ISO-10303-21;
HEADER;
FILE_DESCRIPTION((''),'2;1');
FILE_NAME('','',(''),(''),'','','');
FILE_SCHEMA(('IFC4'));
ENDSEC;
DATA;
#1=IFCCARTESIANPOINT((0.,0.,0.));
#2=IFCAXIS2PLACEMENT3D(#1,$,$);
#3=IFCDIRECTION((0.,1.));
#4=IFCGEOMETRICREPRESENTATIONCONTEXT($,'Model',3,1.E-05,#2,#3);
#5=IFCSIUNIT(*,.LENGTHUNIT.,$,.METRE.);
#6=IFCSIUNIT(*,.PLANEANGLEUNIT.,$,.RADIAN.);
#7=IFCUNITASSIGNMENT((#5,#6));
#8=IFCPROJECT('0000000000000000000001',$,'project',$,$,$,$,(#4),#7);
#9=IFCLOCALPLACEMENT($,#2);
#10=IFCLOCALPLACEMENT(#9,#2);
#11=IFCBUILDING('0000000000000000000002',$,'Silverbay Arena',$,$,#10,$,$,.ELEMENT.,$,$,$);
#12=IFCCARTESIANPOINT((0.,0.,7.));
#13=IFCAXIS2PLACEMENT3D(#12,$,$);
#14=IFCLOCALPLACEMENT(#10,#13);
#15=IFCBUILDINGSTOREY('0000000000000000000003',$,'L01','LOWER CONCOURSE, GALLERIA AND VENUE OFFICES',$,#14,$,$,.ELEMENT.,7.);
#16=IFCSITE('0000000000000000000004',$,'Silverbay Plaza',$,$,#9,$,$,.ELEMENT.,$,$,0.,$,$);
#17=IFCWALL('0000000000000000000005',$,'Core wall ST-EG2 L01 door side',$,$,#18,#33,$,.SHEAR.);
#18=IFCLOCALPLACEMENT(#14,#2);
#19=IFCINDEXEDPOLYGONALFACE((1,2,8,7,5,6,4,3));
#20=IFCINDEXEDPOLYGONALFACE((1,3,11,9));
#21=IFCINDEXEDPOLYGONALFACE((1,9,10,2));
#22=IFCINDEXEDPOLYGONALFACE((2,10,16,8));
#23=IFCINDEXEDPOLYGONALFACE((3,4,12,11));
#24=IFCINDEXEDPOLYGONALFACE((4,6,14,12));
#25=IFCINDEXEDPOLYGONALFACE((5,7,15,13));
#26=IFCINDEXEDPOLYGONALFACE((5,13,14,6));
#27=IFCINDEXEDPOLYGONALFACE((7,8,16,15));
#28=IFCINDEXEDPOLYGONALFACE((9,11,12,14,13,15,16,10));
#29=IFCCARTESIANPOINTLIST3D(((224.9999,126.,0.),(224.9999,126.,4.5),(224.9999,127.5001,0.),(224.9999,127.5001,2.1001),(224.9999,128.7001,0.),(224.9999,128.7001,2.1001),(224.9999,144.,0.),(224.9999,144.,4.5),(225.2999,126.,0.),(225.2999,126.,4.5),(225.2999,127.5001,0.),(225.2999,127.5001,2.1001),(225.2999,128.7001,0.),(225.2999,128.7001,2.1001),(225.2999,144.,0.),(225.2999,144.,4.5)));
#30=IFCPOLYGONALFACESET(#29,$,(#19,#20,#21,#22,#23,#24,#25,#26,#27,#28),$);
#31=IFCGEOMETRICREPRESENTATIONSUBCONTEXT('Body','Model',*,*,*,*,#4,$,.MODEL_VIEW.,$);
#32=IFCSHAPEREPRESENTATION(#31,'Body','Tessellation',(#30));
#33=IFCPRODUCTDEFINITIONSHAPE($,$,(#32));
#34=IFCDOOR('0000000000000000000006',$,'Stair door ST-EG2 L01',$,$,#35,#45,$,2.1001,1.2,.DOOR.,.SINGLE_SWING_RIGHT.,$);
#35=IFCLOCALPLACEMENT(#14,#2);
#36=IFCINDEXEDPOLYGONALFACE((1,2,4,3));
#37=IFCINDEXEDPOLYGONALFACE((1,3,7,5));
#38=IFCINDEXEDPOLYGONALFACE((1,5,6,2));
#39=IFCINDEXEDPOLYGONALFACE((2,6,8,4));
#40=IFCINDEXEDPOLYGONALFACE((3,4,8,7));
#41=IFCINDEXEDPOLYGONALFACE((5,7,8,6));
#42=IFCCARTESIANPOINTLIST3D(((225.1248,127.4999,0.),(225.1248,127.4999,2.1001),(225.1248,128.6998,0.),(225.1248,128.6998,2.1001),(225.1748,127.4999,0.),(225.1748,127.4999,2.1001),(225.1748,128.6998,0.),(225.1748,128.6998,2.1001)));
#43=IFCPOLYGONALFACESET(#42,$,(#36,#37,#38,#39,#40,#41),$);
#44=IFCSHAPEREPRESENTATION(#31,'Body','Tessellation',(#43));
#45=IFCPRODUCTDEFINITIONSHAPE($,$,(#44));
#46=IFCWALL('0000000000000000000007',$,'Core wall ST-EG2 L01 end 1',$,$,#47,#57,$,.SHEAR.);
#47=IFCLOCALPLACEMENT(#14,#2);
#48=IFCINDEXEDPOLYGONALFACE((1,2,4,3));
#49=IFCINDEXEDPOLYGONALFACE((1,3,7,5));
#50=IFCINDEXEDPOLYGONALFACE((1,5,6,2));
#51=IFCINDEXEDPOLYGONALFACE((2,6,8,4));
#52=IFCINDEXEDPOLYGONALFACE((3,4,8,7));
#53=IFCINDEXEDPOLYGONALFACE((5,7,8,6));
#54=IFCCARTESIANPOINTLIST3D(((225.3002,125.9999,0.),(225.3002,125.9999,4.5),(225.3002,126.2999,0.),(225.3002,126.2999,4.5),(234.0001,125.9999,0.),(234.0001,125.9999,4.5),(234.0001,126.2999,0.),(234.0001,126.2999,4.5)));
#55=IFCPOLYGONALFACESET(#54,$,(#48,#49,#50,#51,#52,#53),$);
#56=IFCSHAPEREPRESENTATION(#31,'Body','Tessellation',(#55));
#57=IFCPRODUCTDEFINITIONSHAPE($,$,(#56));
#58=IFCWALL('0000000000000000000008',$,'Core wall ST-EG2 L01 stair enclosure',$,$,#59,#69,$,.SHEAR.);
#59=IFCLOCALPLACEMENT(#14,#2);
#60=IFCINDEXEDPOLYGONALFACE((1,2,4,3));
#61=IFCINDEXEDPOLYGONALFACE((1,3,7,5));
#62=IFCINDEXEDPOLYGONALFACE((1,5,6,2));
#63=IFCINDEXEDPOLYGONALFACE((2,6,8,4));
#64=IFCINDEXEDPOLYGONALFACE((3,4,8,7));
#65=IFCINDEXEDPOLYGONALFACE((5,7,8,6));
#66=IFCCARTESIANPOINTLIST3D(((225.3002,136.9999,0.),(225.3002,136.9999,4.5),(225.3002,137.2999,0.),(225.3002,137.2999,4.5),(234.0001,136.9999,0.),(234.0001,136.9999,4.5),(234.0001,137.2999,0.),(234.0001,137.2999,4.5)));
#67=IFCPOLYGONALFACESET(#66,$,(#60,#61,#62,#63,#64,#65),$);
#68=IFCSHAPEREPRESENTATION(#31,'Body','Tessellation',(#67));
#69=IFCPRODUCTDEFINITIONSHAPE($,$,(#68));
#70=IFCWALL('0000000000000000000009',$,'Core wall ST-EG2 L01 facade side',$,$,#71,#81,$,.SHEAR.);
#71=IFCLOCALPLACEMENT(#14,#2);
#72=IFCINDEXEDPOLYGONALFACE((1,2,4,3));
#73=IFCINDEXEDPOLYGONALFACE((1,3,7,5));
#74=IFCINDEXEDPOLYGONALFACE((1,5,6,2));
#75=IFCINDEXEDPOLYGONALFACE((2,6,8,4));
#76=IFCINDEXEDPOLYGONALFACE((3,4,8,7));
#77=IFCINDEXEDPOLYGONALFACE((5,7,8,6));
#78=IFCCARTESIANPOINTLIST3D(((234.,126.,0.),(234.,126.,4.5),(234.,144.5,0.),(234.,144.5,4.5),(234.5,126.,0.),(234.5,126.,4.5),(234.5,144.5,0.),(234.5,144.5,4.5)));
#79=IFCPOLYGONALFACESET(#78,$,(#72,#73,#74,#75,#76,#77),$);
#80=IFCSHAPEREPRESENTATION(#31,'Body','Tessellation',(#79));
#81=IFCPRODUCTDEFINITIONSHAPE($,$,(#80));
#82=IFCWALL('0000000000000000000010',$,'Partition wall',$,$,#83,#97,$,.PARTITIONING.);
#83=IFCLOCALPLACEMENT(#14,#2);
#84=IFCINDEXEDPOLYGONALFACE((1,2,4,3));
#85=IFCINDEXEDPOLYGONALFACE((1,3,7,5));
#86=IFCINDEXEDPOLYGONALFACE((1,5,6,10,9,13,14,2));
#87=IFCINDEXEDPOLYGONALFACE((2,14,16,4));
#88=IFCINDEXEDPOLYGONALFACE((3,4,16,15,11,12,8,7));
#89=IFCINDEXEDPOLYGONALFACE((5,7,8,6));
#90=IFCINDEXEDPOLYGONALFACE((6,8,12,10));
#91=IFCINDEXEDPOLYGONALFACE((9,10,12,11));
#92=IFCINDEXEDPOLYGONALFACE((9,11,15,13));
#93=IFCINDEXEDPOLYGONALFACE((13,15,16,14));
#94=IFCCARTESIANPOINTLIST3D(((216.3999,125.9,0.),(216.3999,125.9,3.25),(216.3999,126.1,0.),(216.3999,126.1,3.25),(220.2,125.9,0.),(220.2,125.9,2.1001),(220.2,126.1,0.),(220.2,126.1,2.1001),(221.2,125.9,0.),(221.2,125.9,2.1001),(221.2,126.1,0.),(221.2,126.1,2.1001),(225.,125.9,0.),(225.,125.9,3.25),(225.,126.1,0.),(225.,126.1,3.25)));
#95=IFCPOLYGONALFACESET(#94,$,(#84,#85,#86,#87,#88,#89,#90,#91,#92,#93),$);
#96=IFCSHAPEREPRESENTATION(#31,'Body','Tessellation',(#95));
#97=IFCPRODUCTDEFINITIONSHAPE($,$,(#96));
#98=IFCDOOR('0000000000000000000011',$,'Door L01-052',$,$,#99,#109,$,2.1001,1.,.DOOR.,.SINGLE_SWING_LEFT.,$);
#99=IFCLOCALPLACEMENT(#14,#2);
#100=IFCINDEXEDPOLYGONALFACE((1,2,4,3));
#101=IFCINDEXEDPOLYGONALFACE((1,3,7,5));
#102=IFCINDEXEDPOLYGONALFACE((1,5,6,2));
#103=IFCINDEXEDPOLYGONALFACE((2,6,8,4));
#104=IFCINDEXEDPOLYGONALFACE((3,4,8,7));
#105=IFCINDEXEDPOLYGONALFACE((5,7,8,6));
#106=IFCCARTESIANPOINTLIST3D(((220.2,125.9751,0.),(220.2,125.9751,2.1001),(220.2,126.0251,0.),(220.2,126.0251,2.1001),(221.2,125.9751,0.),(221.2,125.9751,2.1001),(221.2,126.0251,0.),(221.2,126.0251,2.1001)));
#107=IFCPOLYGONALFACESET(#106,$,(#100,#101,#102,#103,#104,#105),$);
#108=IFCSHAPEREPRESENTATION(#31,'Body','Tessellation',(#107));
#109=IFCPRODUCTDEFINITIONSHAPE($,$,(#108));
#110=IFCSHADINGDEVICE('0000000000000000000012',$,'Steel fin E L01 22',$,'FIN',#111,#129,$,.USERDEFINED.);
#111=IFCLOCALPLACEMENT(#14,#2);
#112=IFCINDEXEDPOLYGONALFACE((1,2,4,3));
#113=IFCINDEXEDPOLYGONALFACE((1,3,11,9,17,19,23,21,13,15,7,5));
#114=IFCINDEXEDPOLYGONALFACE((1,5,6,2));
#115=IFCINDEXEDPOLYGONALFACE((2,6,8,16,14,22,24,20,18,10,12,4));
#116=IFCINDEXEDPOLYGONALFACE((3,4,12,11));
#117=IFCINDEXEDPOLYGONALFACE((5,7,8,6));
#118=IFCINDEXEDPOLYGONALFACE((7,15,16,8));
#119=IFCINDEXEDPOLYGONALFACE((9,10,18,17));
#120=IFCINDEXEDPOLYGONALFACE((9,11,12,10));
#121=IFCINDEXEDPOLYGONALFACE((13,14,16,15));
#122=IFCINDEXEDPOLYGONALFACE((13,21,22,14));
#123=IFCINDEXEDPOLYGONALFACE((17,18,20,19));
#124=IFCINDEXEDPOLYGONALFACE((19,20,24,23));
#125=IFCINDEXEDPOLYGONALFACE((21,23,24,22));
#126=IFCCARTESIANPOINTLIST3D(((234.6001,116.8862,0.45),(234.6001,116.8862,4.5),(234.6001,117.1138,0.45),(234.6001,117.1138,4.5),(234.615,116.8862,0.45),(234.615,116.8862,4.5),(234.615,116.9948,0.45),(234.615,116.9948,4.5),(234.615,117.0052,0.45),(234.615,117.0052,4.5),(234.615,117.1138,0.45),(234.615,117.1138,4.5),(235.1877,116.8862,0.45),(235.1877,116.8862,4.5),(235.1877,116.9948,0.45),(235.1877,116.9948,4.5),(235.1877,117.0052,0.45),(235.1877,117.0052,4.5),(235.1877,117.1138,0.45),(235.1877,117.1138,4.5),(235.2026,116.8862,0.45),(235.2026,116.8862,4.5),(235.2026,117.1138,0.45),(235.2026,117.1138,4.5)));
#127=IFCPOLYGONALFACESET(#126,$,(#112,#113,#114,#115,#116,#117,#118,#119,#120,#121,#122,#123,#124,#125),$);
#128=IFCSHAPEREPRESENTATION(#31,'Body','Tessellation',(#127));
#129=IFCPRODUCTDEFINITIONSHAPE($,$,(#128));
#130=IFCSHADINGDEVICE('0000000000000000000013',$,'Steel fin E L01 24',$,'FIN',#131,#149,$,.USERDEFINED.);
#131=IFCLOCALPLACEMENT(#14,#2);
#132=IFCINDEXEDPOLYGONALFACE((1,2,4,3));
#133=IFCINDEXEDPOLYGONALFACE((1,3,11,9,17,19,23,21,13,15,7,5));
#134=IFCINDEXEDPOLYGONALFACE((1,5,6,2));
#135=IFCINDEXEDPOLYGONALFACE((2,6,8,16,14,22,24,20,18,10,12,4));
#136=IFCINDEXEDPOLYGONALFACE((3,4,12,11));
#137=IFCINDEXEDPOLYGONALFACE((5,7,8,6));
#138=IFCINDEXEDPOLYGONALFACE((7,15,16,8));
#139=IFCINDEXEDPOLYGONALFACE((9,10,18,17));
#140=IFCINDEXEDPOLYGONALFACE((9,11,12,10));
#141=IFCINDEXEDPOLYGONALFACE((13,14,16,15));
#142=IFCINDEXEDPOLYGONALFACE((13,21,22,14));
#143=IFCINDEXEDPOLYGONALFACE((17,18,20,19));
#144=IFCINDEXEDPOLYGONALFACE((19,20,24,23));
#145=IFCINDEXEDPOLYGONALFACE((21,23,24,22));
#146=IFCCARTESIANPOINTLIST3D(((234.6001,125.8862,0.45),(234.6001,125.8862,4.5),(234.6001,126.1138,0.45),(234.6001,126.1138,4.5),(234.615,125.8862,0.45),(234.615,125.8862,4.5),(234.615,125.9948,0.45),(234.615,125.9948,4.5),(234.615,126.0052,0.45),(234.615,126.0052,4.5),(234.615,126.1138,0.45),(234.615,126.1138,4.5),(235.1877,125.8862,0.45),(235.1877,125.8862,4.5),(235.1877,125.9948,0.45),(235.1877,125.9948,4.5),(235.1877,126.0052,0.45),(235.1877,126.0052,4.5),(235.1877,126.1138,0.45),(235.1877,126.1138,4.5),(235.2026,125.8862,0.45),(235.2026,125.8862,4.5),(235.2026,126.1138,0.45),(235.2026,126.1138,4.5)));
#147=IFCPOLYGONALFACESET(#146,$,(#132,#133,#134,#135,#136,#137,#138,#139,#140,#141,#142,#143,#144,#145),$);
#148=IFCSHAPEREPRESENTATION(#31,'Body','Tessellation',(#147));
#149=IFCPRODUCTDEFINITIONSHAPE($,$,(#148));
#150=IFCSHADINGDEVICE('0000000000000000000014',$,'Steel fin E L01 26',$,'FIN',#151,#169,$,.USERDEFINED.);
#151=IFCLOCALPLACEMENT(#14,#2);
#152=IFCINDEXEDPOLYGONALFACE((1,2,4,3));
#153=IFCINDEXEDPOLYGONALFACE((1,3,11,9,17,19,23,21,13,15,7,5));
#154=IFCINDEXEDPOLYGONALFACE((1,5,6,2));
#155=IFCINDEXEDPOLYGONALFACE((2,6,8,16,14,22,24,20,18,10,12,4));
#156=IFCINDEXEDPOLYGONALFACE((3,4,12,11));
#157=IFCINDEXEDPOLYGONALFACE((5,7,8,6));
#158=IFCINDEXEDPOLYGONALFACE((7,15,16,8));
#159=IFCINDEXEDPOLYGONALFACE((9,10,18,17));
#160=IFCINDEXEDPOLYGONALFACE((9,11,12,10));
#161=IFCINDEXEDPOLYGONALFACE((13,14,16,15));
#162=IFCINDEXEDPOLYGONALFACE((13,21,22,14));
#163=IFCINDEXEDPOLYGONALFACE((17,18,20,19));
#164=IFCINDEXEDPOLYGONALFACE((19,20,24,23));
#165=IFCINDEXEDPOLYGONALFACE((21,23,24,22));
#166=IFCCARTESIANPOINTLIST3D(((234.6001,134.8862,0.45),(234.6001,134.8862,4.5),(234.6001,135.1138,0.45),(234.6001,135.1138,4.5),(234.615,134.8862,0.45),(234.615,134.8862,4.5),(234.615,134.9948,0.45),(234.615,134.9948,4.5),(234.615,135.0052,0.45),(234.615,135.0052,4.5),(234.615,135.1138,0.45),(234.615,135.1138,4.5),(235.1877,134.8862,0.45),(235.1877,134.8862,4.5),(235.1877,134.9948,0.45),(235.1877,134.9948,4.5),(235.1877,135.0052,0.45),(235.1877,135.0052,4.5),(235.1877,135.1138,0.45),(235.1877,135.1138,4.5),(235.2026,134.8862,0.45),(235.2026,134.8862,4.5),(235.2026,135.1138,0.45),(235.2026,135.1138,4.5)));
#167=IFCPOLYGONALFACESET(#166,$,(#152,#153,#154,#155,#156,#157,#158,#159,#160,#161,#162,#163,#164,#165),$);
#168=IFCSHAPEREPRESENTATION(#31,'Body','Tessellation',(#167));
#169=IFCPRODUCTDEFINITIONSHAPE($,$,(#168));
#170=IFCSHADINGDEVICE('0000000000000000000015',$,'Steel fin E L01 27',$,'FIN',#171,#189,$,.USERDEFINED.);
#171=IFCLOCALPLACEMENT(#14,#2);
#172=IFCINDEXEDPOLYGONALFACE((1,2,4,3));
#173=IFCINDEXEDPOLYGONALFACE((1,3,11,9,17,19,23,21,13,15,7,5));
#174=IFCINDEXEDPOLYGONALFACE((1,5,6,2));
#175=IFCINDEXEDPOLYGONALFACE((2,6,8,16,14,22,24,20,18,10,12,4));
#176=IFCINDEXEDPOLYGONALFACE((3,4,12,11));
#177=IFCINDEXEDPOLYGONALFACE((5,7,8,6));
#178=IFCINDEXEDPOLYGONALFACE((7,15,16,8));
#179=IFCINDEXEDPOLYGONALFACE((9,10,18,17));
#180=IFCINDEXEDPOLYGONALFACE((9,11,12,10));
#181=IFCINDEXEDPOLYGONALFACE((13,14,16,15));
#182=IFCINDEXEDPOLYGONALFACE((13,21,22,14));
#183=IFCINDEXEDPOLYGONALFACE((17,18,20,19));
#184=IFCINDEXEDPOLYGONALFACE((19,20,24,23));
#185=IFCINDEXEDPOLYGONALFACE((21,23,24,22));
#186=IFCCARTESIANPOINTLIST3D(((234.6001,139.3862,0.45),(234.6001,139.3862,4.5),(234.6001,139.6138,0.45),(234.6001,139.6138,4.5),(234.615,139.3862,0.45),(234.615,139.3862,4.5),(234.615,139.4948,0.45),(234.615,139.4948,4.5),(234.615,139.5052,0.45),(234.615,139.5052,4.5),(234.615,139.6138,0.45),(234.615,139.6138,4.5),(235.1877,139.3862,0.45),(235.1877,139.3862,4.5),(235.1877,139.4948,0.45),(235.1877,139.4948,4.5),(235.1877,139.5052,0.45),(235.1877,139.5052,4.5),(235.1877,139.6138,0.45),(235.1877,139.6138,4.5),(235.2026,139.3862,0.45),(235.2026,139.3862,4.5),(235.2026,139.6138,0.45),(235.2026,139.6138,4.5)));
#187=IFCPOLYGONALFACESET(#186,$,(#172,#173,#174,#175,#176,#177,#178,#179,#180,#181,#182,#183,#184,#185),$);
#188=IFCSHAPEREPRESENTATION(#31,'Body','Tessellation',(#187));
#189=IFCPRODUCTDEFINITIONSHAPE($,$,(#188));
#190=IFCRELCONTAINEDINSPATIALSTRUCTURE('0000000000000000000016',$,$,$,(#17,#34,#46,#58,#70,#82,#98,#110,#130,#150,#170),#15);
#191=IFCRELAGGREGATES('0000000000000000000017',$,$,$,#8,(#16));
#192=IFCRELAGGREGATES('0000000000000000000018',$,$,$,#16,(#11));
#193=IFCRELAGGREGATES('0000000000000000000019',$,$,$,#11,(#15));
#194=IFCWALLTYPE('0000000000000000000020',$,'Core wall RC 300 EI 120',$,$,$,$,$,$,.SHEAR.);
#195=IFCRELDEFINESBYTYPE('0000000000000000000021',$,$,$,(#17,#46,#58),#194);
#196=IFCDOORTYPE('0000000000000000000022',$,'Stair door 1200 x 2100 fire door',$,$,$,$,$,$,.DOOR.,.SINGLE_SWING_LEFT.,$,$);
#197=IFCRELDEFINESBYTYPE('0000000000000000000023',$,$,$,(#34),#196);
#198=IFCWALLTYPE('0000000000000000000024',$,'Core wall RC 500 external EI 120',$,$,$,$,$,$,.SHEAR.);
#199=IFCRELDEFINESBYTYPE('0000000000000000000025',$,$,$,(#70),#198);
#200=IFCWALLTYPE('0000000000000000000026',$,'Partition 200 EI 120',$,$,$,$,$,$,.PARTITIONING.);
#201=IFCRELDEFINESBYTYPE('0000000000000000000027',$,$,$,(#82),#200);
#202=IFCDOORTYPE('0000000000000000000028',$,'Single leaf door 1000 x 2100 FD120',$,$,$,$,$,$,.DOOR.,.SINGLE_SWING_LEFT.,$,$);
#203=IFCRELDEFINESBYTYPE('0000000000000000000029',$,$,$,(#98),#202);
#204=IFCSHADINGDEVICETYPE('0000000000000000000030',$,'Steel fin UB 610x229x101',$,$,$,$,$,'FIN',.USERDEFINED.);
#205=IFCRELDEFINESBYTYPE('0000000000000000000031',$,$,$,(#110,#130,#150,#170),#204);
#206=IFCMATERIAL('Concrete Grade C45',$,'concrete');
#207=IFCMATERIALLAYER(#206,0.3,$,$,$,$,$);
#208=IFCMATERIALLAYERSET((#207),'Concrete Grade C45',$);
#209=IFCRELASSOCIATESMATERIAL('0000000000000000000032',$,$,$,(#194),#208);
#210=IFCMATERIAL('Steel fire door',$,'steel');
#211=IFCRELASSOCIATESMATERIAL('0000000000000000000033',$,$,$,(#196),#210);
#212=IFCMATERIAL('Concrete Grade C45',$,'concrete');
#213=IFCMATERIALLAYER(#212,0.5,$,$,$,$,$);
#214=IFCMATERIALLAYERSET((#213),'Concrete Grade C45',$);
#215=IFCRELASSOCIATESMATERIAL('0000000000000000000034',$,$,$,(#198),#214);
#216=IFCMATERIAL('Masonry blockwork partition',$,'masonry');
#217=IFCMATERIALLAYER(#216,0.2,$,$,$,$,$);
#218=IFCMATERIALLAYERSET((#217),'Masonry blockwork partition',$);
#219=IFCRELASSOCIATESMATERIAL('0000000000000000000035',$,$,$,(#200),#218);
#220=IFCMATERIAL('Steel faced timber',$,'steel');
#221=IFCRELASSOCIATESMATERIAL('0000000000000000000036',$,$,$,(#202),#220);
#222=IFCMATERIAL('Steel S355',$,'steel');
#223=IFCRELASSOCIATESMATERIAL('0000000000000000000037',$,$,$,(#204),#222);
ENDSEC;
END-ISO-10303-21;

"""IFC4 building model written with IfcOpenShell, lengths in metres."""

from ifc_helpers import new_model, si_unit, direction, frame, frame_2d, origin, origin_2d, place, context, subcontext, project, spatial, rectangle, i_section, extrude, material, layer, layer_set, material_profile, profile_set, type_object, element, fill, save


model = new_model("IFC4")

# Units and contexts
model_context = context("Model", 3, precision=1e-05, world=origin(), true_north=direction((0.0, 1.0)))
body_context = subcontext(model_context, "Body", "Model", "MODEL_VIEW")
ifc_project = project(units=[si_unit("LENGTHUNIT", "METRE"), si_unit("PLANEANGLEUNIT", "RADIAN")], contexts=[model_context])

# Site, building, storey
site_placement = place(None, origin())
site = spatial("IfcSite", under=ifc_project, at=site_placement, Name="Silverbay Plaza", CompositionType="ELEMENT", RefElevation=0.0)
building_placement = place(site_placement, origin())
building = spatial("IfcBuilding", under=site, at=building_placement, Name="Silverbay Arena", CompositionType="ELEMENT")
storey_placement = place(building_placement, frame((0.0, 0.0, 7.0)))
storey = spatial("IfcBuildingStorey", under=building, at=storey_placement, Name="L01", Description="LOWER CONCOURSE, GALLERIA AND VENUE OFFICES", CompositionType="ELEMENT", Elevation=7.0)

# Wall, opening, door
ifc_material_1 = material(Name="Concrete Grade C45", Category="concrete")
ifc_layer_1 = layer(ifc_material_1, 0.3)
ifc_layer_set_1 = layer_set([ifc_layer_1], Name="Concrete Grade C45")
wall_type_1 = type_object("IfcWallType", Name="Core wall RC 300 EI 120", PredefinedType="SHEAR", material=ifc_layer_set_1)
wall_1_placement = place(storey_placement, frame((225.1499, 126.0, 0.0), z_axis=(0.0, 0.0, 1.0), x_axis=(0.0, 1.0, 0.0)))
wall_1 = element("IfcWall", 1, at=wall_1_placement, inside=storey, type_object=wall_type_1, Name="Core wall ST-EG2 L01 door side", PredefinedType="SHEAR", context=body_context, shape_type="SweptSolid", body=[
    extrude(rectangle(XDim=18.0, YDim=0.3, at=frame_2d((9.0, 0.0))), origin(), (0.0, 0.0, 1.0), 4.5),
])
opening_1_placement = place(wall_1_placement, frame((1.5, 0.0, 0.0)))
opening_1 = element("IfcOpeningElement", 2, at=opening_1_placement, cuts=wall_1, PredefinedType="OPENING", context=body_context, shape_type="SweptSolid", body=[
    extrude(rectangle(XDim=1.2, YDim=2.1001, at=frame_2d((0.6001, 1.05))), frame((0.0, 0.1602, 0.0), z_axis=(0.0, -1.0, 0.0), x_axis=(1.0, 0.0, 0.0)), (0.0, 0.0, 1.0), 0.3201),
])
ifc_material_2 = material(Name="Steel fire door", Category="steel")
door_type_1 = type_object("IfcDoorType", Name="Stair door 1200 x 2100 fire door", OperationType="SINGLE_SWING_LEFT", PredefinedType="DOOR", material=ifc_material_2)
door_1_placement = place(opening_1_placement, frame((1.2, 0.0, 0.0), z_axis=(0.0, 0.0, 1.0), x_axis=(-1.0, 0.0, 0.0)))
door_1 = element("IfcDoor", 3, at=door_1_placement, inside=storey, type_object=door_type_1, Name="Stair door ST-EG2 L01", OperationType="SINGLE_SWING_RIGHT", OverallHeight=2.1001, OverallWidth=1.2, PredefinedType="DOOR", context=body_context, shape_type="SweptSolid", body=[
    extrude(rectangle(XDim=1.2, YDim=2.1001, at=frame_2d((0.6001, 1.05))), frame((0.0, 0.0249, 0.0), z_axis=(0.0, -1.0, 0.0), x_axis=(1.0, 0.0, 0.0)), (0.0, 0.0, 1.0), 0.05),
])
fill(opening_1, door_1)

# Walls
for number, where, z_axis, x_axis, name in (
    (4, (225.3, 126.1499, 0.0), (0.0, 0.0, 1.0), (1.0, 0.0, 0.0), "Core wall ST-EG2 L01 end 1"),
    (5, (225.3, 137.1499, 0.0), (0.0, 0.0, 1.0), (1.0, 0.0, 0.0), "Core wall ST-EG2 L01 stair enclosure"),
):
    element("IfcWall", number, at=place(storey_placement, frame(where, z_axis=z_axis, x_axis=x_axis)), inside=storey, type_object=wall_type_1, Name=name, PredefinedType="SHEAR", context=body_context, shape_type="SweptSolid", body=[
        extrude(rectangle(XDim=8.7, YDim=0.3, at=frame_2d((4.3501, 0.0))), origin(), (0.0, 0.0, 1.0), 4.5),
    ])
ifc_material_3 = material(Name="Concrete Grade C45", Category="concrete")
ifc_layer_2 = layer(ifc_material_3, 0.5)
ifc_layer_set_2 = layer_set([ifc_layer_2], Name="Concrete Grade C45")
wall_type_2 = type_object("IfcWallType", Name="Core wall RC 500 external EI 120", PredefinedType="SHEAR", material=ifc_layer_set_2)
wall_2_placement = place(storey_placement, frame((234.25, 126.0, 0.0), z_axis=(0.0, 0.0, 1.0), x_axis=(0.0, 1.0, 0.0)))
element("IfcWall", 6, at=wall_2_placement, inside=storey, type_object=wall_type_2, Name="Core wall ST-EG2 L01 facade side", PredefinedType="SHEAR", context=body_context, shape_type="SweptSolid", body=[
    extrude(rectangle(XDim=18.5, YDim=0.5, at=frame_2d((9.25, 0.0))), origin(), (0.0, 0.0, 1.0), 4.5),
])

# Wall, opening, door
ifc_material_4 = material(Name="Masonry blockwork partition", Category="masonry")
ifc_layer_3 = layer(ifc_material_4, 0.2)
ifc_layer_set_3 = layer_set([ifc_layer_3], Name="Masonry blockwork partition")
wall_type_3 = type_object("IfcWallType", Name="Partition 200 EI 120", PredefinedType="PARTITIONING", material=ifc_layer_set_3)
wall_3_placement = place(storey_placement, frame((216.3999, 126.0, 0.0), z_axis=(0.0, 0.0, 1.0), x_axis=(1.0, 0.0, 0.0)))
wall_3 = element("IfcWall", 7, at=wall_3_placement, inside=storey, type_object=wall_type_3, Name="Partition wall", PredefinedType="PARTITIONING", context=body_context, shape_type="SweptSolid", body=[
    extrude(rectangle(XDim=8.6001, YDim=0.2, at=frame_2d((4.3, 0.0))), origin(), (0.0, 0.0, 1.0), 3.25),
])
opening_2_placement = place(wall_3_placement, frame((3.8, 0.0, 0.0)))
opening_2 = element("IfcOpeningElement", 8, at=opening_2_placement, cuts=wall_3, PredefinedType="OPENING", context=body_context, shape_type="SweptSolid", body=[
    extrude(rectangle(XDim=1.0, YDim=2.1001, at=frame_2d((0.5, 1.05))), frame((0.0, 0.1099, 0.0), z_axis=(0.0, -1.0, 0.0), x_axis=(1.0, 0.0, 0.0)), (0.0, 0.0, 1.0), 0.22),
])
ifc_material_5 = material(Name="Steel faced timber", Category="steel")
door_type_2 = type_object("IfcDoorType", Name="Single leaf door 1000 x 2100 FD120", OperationType="SINGLE_SWING_LEFT", PredefinedType="DOOR", material=ifc_material_5)
door_2_placement = place(opening_2_placement, frame((1.0, 0.0, 0.0), z_axis=(0.0, 0.0, 1.0), x_axis=(-1.0, 0.0, 0.0)))
door_2 = element("IfcDoor", 9, at=door_2_placement, inside=storey, type_object=door_type_2, Name="Door L01-052", OperationType="SINGLE_SWING_LEFT", OverallHeight=2.1001, OverallWidth=1.0, PredefinedType="DOOR", context=body_context, shape_type="SweptSolid", body=[
    extrude(rectangle(XDim=1.0, YDim=2.1001, at=frame_2d((0.5, 1.05))), frame((0.0, 0.0249, 0.0), z_axis=(0.0, -1.0, 0.0), x_axis=(1.0, 0.0, 0.0)), (0.0, 0.0, 1.0), 0.05),
])
fill(opening_2, door_2)

# Shading devices
ifc_material_6 = material(Name="Steel S355", Category="steel")
ifc_material_profile_1 = material_profile(ifc_material_6, i_section(OverallWidth=0.2275, OverallDepth=0.6025, WebThickness=0.0105, FlangeThickness=0.0149, at=origin_2d()), Name="UB 610x229x101")
ifc_profile_set_1 = profile_set([ifc_material_profile_1], Name="Steel S355")
shading_device_type = type_object("IfcShadingDeviceType", Name="Steel fin UB 610x229x101", ElementType="FIN", PredefinedType="USERDEFINED", material=ifc_profile_set_1)
for number, where, z_axis, x_axis, name in (
    (10, (234.9014, 117.0, 0.45), (0.0, 0.0, 1.0), (0.0, 1.0, 0.0), "Steel fin E L01 22"),
    (11, (234.9014, 126.0, 0.45), (0.0, 0.0, 1.0), (0.0, 1.0, 0.0), "Steel fin E L01 24"),
    (12, (234.9014, 135.0, 0.45), (0.0, 0.0, 1.0), (0.0, 1.0, 0.0), "Steel fin E L01 26"),
    (13, (234.9014, 139.5, 0.45), (0.0, 0.0, 1.0), (0.0, 1.0, 0.0), "Steel fin E L01 27"),
):
    element("IfcShadingDevice", number, at=place(storey_placement, frame(where, z_axis=z_axis, x_axis=x_axis)), inside=storey, type_object=shading_device_type, Name=name, ObjectType="FIN", PredefinedType="USERDEFINED", context=body_context, shape_type="SweptSolid", body=[
        extrude(i_section(OverallWidth=0.2275, OverallDepth=0.6025, WebThickness=0.0105, FlangeThickness=0.0149, at=origin_2d()), origin(), (0.0, 0.0, 1.0), 4.05),
    ])

save(model, "model.ifc")
